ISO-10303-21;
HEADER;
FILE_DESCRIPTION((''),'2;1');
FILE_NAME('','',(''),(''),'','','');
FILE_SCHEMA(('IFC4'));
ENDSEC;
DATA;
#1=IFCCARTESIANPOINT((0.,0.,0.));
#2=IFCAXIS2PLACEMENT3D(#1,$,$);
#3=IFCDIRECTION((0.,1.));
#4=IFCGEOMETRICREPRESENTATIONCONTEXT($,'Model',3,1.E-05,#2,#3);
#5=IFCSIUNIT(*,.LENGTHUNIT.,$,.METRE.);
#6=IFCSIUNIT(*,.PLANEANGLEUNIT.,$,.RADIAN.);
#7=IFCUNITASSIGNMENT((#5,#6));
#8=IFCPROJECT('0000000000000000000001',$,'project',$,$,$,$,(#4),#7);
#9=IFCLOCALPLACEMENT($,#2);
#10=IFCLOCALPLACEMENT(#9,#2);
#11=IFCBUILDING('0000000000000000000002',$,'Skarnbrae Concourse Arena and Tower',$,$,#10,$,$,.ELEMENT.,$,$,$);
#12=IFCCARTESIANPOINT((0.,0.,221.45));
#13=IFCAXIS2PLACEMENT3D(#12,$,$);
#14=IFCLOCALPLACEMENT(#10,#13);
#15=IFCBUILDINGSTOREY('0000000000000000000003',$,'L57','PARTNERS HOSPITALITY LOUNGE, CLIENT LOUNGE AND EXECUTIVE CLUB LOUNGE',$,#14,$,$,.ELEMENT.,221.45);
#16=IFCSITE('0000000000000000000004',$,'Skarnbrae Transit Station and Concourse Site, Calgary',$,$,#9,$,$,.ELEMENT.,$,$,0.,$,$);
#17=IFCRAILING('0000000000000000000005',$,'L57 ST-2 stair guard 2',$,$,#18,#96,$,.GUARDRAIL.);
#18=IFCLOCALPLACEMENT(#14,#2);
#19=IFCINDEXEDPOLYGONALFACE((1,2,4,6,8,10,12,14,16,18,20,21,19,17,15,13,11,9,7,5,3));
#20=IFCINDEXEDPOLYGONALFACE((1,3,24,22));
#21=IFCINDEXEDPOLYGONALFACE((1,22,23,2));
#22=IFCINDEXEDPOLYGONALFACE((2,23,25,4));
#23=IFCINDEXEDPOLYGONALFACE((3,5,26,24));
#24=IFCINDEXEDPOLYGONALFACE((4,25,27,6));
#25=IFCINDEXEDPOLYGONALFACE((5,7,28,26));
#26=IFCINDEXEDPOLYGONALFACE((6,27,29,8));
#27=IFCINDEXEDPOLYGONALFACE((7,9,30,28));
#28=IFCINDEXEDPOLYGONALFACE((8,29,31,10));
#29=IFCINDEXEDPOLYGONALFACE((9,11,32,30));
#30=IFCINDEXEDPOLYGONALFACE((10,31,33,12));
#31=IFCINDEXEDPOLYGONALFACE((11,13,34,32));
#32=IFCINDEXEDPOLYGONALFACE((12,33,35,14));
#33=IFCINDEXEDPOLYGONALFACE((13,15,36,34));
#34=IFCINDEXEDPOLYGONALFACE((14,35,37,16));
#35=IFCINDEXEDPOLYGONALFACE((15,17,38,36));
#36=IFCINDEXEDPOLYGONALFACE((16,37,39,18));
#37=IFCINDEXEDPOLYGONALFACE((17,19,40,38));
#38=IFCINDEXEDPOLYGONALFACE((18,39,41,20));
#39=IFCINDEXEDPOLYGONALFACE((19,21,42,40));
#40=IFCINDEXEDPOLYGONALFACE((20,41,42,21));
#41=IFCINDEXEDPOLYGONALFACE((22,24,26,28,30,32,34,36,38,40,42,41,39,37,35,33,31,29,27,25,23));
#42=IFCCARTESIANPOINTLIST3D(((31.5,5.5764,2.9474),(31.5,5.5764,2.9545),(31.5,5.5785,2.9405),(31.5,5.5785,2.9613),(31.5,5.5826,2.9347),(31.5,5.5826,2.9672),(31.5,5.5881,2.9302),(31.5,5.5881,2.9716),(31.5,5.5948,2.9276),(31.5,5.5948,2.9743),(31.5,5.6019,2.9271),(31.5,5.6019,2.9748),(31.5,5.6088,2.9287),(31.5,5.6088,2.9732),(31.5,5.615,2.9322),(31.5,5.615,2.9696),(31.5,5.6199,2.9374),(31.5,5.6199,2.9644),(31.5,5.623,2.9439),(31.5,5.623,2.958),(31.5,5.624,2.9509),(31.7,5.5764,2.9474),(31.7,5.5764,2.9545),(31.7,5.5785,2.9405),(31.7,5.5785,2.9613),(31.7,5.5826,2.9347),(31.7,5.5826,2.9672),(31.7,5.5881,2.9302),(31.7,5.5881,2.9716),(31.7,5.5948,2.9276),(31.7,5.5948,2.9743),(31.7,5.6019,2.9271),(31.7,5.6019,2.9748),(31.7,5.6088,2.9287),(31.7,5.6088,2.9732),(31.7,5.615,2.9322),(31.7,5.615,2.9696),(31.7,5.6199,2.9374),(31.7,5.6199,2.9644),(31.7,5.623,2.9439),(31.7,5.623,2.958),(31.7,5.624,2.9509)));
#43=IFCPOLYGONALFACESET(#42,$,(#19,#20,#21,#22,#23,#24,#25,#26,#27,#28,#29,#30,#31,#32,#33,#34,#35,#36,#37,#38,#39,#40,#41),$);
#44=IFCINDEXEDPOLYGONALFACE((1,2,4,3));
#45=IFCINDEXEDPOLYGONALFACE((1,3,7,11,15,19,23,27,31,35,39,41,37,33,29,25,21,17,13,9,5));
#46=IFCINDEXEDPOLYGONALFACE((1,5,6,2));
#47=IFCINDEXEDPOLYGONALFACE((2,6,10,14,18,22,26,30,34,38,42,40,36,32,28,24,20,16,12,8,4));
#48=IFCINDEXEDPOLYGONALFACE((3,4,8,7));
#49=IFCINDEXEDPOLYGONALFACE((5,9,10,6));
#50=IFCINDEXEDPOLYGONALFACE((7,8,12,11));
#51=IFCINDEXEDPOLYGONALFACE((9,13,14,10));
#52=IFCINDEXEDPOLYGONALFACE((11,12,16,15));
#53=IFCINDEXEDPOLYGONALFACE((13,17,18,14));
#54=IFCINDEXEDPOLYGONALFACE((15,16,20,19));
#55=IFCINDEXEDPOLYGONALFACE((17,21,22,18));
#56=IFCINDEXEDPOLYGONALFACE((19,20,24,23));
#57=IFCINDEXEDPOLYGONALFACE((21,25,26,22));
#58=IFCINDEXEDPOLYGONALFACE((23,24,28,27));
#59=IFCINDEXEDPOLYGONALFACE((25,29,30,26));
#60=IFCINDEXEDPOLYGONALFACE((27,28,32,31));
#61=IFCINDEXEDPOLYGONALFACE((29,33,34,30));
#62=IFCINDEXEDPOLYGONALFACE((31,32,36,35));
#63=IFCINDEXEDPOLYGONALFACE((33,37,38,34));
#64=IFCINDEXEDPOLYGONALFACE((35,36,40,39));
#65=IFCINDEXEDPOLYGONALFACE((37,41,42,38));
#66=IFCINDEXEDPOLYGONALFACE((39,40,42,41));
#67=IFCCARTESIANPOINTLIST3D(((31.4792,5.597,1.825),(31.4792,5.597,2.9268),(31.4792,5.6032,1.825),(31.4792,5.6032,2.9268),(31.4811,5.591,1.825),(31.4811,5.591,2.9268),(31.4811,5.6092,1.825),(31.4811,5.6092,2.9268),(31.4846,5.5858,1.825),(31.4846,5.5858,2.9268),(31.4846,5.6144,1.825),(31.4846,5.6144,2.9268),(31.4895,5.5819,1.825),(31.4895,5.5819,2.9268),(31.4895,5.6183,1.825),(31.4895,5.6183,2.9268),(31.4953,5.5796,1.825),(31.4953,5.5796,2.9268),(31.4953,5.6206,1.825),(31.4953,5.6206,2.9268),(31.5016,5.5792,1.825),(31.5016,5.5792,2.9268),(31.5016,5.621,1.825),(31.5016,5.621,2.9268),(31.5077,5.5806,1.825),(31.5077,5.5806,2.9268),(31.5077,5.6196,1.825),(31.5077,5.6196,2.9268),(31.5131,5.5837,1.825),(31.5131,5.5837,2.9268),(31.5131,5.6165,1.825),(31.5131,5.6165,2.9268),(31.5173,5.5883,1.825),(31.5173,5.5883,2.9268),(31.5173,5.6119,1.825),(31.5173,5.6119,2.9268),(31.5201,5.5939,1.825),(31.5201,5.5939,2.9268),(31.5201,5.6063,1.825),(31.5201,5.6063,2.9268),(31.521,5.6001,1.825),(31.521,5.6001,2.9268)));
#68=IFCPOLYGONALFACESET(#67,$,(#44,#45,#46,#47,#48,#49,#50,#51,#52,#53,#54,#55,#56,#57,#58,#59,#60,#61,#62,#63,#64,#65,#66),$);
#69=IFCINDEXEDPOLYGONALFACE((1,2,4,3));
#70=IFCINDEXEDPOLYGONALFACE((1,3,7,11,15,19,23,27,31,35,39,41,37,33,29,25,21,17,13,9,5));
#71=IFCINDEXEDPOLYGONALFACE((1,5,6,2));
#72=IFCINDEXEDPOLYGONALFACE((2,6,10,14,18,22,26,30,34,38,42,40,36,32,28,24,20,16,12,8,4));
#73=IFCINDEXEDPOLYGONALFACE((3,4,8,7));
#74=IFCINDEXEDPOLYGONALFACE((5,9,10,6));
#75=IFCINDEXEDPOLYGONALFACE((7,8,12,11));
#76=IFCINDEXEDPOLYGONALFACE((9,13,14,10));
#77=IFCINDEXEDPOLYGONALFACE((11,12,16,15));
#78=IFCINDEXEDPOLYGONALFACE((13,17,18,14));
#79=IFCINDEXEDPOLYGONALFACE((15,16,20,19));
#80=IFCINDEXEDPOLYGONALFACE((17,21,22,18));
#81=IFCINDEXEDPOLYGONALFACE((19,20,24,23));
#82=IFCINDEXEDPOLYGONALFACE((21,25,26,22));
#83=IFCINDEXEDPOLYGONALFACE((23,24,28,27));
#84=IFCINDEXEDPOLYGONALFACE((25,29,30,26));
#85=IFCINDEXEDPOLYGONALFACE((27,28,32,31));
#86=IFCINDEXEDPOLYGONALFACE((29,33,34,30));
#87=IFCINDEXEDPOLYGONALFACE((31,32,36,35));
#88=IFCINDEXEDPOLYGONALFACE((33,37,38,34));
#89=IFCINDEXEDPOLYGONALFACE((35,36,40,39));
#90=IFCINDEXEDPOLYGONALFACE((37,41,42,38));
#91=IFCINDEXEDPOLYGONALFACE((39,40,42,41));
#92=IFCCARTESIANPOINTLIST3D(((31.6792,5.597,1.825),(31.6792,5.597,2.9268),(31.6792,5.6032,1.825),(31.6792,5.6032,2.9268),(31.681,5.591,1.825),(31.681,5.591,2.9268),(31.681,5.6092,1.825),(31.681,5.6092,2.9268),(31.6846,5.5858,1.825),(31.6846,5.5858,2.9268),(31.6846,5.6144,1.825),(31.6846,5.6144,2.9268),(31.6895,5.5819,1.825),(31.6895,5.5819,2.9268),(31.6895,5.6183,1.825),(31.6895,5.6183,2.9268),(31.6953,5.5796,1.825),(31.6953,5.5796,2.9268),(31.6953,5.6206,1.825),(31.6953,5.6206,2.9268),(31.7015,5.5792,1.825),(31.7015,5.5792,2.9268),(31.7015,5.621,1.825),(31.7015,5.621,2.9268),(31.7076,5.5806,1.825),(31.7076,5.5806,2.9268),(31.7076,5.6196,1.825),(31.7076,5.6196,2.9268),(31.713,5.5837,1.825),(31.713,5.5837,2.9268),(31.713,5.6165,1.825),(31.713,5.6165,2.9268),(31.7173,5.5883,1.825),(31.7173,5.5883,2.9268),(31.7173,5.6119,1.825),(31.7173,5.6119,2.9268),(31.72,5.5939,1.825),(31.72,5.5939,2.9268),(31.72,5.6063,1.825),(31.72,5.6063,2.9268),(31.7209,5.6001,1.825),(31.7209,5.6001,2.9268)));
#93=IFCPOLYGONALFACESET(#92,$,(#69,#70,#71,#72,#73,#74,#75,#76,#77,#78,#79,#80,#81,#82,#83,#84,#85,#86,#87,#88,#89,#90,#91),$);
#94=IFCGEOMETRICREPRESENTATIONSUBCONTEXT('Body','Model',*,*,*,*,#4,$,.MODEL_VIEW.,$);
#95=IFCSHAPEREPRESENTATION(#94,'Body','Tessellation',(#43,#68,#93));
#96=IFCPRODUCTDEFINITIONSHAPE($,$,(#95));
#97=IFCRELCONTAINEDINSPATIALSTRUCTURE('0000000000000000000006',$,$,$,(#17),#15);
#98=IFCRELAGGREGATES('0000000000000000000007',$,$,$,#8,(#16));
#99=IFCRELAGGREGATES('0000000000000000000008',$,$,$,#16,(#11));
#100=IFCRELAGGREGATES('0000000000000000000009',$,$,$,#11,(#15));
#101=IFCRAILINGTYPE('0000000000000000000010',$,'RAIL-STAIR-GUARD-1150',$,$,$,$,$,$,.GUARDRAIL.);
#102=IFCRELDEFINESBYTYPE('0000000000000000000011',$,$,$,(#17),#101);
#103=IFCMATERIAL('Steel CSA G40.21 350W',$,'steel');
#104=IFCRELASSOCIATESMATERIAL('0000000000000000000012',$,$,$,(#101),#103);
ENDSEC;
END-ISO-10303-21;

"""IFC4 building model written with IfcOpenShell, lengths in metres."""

from ifc_helpers import new_model, si_unit, direction, frame, origin, origin_2d, place, context, subcontext, project, spatial, circle, extrude, material, type_object, element, save


model = new_model("IFC4")

# Units and contexts
model_context = context("Model", 3, precision=1e-05, world=origin(), true_north=direction((0.0, 1.0)))
body_context = subcontext(model_context, "Body", "Model", "MODEL_VIEW")
ifc_project = project(units=[si_unit("LENGTHUNIT", "METRE"), si_unit("PLANEANGLEUNIT", "RADIAN")], contexts=[model_context])

# Site, building, storey
site_placement = place(None, origin())
site = spatial("IfcSite", under=ifc_project, at=site_placement, Name="Skarnbrae Transit Station and Concourse Site, Calgary", CompositionType="ELEMENT", RefElevation=0.0)
building_placement = place(site_placement, origin())
building = spatial("IfcBuilding", under=site, at=building_placement, Name="Skarnbrae Concourse Arena and Tower", CompositionType="ELEMENT")
storey_placement = place(building_placement, frame((0.0, 0.0, 221.45)))
storey = spatial("IfcBuildingStorey", under=building, at=storey_placement, Name="L57", Description="PARTNERS HOSPITALITY LOUNGE, CLIENT LOUNGE AND EXECUTIVE CLUB LOUNGE", CompositionType="ELEMENT", Elevation=221.45)

# Shared definitions
ifc_material_1 = material(Name="Steel CSA G40.21 350W", Category="steel")

# Railing
railing_type_1 = type_object("IfcRailingType", Name="RAIL-STAIR-GUARD-1150", PredefinedType="GUARDRAIL", material=ifc_material_1)
railing_1_placement = place(storey_placement, frame((31.5, 5.6001, 1.825)))
element("IfcRailing", 1, at=railing_1_placement, inside=storey, type_object=railing_type_1, Name="L57 ST-2 stair guard 2", PredefinedType="GUARDRAIL", context=body_context, shape_type="SweptSolid", body=[
    extrude(circle(Radius=0.0239, at=origin_2d()), frame((0.0, 0.0, 1.126), z_axis=(1.0, 0.0, 0.0), x_axis=(0.0, 1.0, 0.0)), (0.0, 0.0, 1.0), 0.2),
    extrude(circle(Radius=0.021, at=origin_2d()), origin(), (0.0, 0.0, 1.0), 1.1018),
    extrude(circle(Radius=0.021, at=origin_2d()), frame((0.2, 0.0, 0.0)), (0.0, 0.0, 1.0), 1.1018),
])

save(model, "model.ifc")
